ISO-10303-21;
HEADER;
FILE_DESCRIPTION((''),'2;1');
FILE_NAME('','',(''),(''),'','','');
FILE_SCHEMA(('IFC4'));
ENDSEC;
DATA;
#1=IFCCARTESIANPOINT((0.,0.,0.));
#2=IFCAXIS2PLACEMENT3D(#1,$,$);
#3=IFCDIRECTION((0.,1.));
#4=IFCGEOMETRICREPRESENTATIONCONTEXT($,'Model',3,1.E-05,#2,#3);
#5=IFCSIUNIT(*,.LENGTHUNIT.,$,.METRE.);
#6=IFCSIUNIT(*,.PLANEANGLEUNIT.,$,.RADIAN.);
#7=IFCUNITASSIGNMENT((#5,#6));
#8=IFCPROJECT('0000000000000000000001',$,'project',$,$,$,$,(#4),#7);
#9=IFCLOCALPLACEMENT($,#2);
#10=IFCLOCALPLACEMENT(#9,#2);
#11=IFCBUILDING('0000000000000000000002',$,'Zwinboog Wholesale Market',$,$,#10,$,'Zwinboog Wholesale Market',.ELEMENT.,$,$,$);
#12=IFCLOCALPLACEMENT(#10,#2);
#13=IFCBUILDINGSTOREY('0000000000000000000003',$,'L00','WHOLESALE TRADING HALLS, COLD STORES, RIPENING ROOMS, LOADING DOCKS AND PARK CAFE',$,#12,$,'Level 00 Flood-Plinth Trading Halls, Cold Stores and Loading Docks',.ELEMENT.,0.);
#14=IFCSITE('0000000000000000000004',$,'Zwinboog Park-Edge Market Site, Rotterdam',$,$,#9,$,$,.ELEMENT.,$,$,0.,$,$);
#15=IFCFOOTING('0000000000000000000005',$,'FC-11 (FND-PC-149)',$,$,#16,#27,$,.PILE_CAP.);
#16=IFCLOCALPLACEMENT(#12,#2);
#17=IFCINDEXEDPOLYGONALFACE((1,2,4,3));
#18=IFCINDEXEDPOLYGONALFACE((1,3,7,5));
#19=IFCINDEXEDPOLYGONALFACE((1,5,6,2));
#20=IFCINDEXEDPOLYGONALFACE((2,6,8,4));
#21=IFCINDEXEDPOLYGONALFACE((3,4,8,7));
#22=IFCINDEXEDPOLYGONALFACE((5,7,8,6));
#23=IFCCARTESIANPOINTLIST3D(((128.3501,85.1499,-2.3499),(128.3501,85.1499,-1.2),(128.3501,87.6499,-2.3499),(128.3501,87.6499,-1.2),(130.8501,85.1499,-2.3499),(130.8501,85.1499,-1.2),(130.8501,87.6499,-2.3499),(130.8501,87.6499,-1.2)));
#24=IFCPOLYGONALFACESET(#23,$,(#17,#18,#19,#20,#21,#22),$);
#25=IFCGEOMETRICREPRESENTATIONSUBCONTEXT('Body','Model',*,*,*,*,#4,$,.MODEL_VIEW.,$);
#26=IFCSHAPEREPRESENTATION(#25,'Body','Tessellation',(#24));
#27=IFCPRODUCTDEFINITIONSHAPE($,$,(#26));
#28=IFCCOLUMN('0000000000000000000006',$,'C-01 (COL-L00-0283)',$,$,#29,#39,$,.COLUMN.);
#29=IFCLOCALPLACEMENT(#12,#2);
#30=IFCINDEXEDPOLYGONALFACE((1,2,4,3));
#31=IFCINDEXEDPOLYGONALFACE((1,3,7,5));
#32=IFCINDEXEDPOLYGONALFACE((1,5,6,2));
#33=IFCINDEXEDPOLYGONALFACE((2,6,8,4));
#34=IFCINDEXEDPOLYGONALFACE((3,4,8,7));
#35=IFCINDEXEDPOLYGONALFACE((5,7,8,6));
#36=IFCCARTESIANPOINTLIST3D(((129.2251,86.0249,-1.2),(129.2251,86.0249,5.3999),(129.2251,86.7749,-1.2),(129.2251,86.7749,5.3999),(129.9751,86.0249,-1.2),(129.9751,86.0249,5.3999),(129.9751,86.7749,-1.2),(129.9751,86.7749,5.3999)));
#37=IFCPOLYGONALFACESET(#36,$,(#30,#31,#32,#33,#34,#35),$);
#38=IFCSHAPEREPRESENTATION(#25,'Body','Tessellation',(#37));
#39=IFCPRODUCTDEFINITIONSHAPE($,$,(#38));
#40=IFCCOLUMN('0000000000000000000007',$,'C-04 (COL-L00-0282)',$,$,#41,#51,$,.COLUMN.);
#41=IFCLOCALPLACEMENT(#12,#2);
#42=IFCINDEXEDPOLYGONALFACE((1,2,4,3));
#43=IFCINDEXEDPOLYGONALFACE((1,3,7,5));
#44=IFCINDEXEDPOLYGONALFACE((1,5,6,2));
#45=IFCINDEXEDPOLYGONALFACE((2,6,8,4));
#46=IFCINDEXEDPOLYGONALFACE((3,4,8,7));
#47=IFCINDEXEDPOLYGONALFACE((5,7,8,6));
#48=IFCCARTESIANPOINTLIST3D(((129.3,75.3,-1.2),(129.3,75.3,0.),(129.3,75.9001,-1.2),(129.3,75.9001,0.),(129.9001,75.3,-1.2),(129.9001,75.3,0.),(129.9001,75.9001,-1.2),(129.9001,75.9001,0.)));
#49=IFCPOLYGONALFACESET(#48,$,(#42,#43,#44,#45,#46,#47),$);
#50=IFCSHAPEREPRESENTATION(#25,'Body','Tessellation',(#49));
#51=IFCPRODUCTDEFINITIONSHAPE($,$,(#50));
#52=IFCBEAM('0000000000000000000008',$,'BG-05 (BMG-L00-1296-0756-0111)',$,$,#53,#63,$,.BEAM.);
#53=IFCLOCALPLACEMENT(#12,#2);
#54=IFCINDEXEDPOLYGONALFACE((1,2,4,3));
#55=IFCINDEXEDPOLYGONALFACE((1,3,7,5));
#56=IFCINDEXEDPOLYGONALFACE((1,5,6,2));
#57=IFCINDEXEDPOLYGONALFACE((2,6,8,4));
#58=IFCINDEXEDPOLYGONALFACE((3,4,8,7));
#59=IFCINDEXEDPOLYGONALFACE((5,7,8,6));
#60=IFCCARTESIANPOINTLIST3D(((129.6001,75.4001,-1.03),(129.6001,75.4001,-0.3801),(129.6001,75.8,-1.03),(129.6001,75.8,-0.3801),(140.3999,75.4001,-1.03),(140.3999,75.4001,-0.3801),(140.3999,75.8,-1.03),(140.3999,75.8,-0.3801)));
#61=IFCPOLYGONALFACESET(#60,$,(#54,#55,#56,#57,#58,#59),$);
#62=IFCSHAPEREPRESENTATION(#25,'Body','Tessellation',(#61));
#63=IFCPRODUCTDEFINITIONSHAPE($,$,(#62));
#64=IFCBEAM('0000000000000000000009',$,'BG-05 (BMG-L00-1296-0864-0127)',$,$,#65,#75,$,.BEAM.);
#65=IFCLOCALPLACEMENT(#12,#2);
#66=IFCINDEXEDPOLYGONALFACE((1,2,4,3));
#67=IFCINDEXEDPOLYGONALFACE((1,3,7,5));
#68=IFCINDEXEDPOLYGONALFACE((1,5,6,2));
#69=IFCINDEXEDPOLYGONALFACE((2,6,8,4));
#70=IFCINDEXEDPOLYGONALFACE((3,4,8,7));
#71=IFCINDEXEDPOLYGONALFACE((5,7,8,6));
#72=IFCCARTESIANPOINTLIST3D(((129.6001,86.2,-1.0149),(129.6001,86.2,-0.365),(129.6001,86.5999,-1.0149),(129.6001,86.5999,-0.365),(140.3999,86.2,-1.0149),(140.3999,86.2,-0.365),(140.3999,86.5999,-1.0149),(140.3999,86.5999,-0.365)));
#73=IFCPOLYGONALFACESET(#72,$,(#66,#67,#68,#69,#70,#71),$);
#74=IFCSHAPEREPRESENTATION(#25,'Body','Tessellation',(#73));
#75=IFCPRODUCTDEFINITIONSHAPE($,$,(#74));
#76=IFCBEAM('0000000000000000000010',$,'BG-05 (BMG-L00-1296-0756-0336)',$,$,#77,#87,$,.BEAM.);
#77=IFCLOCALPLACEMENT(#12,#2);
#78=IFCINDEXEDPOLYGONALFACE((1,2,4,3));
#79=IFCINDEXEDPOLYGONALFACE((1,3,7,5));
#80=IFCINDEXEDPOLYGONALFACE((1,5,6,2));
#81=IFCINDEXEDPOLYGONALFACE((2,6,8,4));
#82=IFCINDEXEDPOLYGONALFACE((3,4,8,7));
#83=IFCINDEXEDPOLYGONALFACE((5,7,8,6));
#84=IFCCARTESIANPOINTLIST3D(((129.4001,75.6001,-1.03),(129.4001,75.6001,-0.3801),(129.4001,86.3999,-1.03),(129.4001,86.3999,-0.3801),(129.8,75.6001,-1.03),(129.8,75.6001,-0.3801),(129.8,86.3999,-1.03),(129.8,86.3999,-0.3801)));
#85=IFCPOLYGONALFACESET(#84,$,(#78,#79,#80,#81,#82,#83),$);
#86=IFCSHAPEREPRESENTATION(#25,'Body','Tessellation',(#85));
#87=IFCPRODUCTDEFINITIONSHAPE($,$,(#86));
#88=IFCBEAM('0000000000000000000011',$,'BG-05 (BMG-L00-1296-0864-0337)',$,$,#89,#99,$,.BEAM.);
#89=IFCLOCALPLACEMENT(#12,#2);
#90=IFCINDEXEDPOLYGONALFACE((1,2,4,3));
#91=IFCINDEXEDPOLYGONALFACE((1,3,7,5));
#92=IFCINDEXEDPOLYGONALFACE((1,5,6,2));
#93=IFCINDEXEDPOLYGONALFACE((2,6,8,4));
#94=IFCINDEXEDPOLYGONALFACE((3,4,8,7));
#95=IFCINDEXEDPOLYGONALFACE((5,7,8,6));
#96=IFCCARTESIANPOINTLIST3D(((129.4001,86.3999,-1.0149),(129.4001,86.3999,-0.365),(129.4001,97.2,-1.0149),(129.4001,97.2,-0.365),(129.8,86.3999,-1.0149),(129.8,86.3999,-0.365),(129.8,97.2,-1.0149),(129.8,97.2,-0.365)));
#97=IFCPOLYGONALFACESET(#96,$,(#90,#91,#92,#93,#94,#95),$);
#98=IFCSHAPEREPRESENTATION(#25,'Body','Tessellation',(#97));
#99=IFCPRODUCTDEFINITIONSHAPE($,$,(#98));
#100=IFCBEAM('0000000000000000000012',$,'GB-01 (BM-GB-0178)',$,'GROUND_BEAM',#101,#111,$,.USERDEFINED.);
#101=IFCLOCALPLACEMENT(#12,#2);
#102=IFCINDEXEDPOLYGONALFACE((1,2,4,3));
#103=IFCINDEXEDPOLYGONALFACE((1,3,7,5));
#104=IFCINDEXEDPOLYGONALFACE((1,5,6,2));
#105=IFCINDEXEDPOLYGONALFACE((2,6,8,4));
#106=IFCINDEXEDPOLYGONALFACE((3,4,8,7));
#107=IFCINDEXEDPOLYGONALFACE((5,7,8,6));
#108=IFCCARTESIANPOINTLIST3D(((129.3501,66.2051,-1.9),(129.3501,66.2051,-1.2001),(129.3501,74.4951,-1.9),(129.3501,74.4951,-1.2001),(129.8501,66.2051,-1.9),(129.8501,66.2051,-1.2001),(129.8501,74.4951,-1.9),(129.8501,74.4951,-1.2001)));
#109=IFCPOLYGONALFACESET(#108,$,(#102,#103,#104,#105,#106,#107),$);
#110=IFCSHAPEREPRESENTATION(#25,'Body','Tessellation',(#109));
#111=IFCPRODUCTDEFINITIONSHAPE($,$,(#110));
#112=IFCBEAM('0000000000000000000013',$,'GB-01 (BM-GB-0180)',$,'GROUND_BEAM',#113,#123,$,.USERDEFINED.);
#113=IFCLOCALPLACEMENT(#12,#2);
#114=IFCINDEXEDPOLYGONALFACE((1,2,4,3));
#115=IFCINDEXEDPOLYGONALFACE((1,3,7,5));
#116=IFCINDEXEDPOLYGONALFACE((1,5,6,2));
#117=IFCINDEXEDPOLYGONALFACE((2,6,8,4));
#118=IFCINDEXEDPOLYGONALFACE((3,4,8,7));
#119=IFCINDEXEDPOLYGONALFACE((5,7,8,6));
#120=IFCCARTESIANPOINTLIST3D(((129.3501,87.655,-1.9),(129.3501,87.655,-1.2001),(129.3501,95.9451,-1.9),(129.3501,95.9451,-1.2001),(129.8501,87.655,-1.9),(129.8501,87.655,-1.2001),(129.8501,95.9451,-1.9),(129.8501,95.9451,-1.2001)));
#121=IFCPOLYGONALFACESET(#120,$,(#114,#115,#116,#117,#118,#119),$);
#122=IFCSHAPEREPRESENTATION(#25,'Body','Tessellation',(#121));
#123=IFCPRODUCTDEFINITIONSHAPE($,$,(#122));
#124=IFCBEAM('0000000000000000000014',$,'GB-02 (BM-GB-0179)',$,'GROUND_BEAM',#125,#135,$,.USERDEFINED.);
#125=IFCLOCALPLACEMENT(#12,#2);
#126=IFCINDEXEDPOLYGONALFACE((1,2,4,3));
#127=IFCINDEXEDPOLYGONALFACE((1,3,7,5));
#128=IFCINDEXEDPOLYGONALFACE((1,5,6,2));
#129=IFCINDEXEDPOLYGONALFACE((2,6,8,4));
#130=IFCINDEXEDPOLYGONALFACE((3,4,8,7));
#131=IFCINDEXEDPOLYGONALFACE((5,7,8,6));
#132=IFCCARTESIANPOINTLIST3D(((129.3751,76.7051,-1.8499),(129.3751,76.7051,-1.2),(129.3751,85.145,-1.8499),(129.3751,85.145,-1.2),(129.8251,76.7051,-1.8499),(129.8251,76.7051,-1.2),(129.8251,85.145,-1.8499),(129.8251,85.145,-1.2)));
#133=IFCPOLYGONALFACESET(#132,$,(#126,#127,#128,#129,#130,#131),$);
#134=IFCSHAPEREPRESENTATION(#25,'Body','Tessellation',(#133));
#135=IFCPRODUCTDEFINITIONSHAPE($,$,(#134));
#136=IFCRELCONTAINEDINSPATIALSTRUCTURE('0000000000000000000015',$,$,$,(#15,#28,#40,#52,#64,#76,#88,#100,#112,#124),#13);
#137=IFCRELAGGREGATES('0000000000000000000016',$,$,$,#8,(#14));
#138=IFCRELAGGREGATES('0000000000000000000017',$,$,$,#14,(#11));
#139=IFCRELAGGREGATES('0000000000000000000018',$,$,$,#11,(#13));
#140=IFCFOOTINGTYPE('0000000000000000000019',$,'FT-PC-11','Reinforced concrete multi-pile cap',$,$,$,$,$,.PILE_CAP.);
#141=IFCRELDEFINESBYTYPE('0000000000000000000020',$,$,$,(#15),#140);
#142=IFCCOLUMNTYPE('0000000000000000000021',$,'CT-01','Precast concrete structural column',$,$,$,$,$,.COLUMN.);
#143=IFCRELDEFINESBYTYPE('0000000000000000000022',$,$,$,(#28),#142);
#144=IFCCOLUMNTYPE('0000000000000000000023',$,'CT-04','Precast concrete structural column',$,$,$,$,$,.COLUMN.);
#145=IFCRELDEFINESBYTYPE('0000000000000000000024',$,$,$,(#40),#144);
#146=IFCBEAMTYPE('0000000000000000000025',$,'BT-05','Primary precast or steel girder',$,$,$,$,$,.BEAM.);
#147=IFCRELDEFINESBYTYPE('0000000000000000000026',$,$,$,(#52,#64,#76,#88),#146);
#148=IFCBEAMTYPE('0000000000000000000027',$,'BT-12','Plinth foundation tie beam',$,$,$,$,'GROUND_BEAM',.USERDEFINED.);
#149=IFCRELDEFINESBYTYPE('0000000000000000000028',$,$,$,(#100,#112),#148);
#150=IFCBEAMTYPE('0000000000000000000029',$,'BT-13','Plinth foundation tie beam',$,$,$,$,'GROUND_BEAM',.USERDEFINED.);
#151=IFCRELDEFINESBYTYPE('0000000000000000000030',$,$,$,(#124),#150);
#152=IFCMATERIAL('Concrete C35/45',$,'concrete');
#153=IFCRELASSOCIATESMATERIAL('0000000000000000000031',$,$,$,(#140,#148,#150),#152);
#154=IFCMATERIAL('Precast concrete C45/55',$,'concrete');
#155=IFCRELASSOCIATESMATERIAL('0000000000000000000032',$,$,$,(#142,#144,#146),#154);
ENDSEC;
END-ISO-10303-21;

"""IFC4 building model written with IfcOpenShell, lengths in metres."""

from ifc_helpers import new_model, si_unit, direction, frame, origin, origin_2d, place, context, subcontext, project, spatial, rectangle, extrude, material, material_profile, profile_set, type_object, element, save


model = new_model("IFC4")

# Units and contexts
model_context = context("Model", 3, precision=1e-05, world=origin(), true_north=direction((0.0, 1.0)))
body_context = subcontext(model_context, "Body", "Model", "MODEL_VIEW")
ifc_project = project(units=[si_unit("LENGTHUNIT", "METRE"), si_unit("PLANEANGLEUNIT", "RADIAN")], contexts=[model_context])

# Site, building, storey
site_placement = place(None, origin())
site = spatial("IfcSite", under=ifc_project, at=site_placement, Name="Zwinboog Park-Edge Market Site, Rotterdam", CompositionType="ELEMENT", RefElevation=0.0)
building_placement = place(site_placement, origin())
building = spatial("IfcBuilding", under=site, at=building_placement, Name="Zwinboog Wholesale Market", LongName="Zwinboog Wholesale Market", CompositionType="ELEMENT")
storey_placement = place(building_placement, origin())
storey = spatial("IfcBuildingStorey", under=building, at=storey_placement, Name="L00", Description="WHOLESALE TRADING HALLS, COLD STORES, RIPENING ROOMS, LOADING DOCKS AND PARK CAFE", LongName="Level 00 Flood-Plinth Trading Halls, Cold Stores and Loading Docks", CompositionType="ELEMENT", Elevation=0.0)

# Footing
ifc_material_1 = material(Name="Concrete C35/45", Category="concrete")
footing_type_1 = type_object("IfcFootingType", Name="FT-PC-11", Description="Reinforced concrete multi-pile cap", PredefinedType="PILE_CAP", material=ifc_material_1)
footing_1_placement = place(storey_placement, frame((129.6001, 86.3999, -2.3499), z_axis=(0.0, 0.0, 1.0), x_axis=(1.0, 0.0, 0.0)))
element("IfcFooting", 1, at=footing_1_placement, inside=storey, type_object=footing_type_1, Name="FC-11 (FND-PC-149)", PredefinedType="PILE_CAP", context=body_context, shape_type="SweptSolid", body=[
    extrude(rectangle(XDim=2.5, YDim=2.5, at=origin_2d()), origin(), (0.0, 0.0, 1.0), 1.1499),
])

# Columns
ifc_material_2 = material(Name="Precast concrete C45/55", Category="concrete")
ifc_material_profile_1 = material_profile(ifc_material_2, rectangle(XDim=0.75, YDim=0.75, at=origin_2d()), Name="PC 750x750")
ifc_profile_set_1 = profile_set([ifc_material_profile_1], Name="Precast concrete C45/55")
column_type_1 = type_object("IfcColumnType", Name="CT-01", Description="Precast concrete structural column", PredefinedType="COLUMN", material=ifc_profile_set_1)
column_1_placement = place(storey_placement, frame((129.6001, 86.3999, -1.2), z_axis=(0.0, 0.0, 1.0), x_axis=(1.0, 0.0, 0.0)))
element("IfcColumn", 2, at=column_1_placement, inside=storey, type_object=column_type_1, Name="C-01 (COL-L00-0283)", PredefinedType="COLUMN", context=body_context, shape_type="SweptSolid", body=[
    extrude(rectangle(XDim=0.75, YDim=0.75, at=origin_2d()), origin(), (0.0, 0.0, 1.0), 6.5999),
])
ifc_material_profile_2 = material_profile(ifc_material_2, rectangle(XDim=0.6001, YDim=0.6001, at=origin_2d()), Name="PC 600x600")
ifc_profile_set_2 = profile_set([ifc_material_profile_2], Name="Precast concrete C45/55")
column_type_2 = type_object("IfcColumnType", Name="CT-04", Description="Precast concrete structural column", PredefinedType="COLUMN", material=ifc_profile_set_2)
column_2_placement = place(storey_placement, frame((129.6001, 75.6001, -1.2), z_axis=(0.0, 0.0, 1.0), x_axis=(1.0, 0.0, 0.0)))
element("IfcColumn", 3, at=column_2_placement, inside=storey, type_object=column_type_2, Name="C-04 (COL-L00-0282)", PredefinedType="COLUMN", context=body_context, shape_type="SweptSolid", body=[
    extrude(rectangle(XDim=0.6001, YDim=0.6001, at=origin_2d()), origin(), (0.0, 0.0, 1.0), 1.2),
])

# Beams
ifc_material_profile_3 = material_profile(ifc_material_2, rectangle(XDim=0.3999, YDim=0.6499, at=origin_2d()), Name="PC 400x650")
ifc_profile_set_3 = profile_set([ifc_material_profile_3], Name="Precast concrete C45/55")
beam_type_1 = type_object("IfcBeamType", Name="BT-05", Description="Primary precast or steel girder", PredefinedType="BEAM", material=ifc_profile_set_3)
for number, where, z_axis, x_axis, name in (
    (4, (129.6001, 75.6001, -0.7051), (1.0, 0.0, 0.0), (0.0, 1.0, 0.0), "BG-05 (BMG-L00-1296-0756-0111)"),
    (5, (129.6001, 86.3999, -0.6899), (1.0, 0.0, 0.0), (0.0, 1.0, 0.0), "BG-05 (BMG-L00-1296-0864-0127)"),
    (6, (129.6001, 75.6001, -0.7051), (0.0, 1.0, 0.0), (-1.0, 0.0, 0.0), "BG-05 (BMG-L00-1296-0756-0336)"),
):
    element("IfcBeam", number, at=place(storey_placement, frame(where, z_axis=z_axis, x_axis=x_axis)), inside=storey, type_object=beam_type_1, Name=name, PredefinedType="BEAM", context=body_context, shape_type="SweptSolid", body=[
        extrude(rectangle(XDim=0.3999, YDim=0.6499, at=origin_2d()), origin(), (0.0, 0.0, 1.0), 10.7998),
    ])
beam_1_placement = place(storey_placement, frame((129.6001, 86.3999, -0.6899), z_axis=(0.0, 1.0, 0.0), x_axis=(-1.0, 0.0, 0.0)))
element("IfcBeam", 7, at=beam_1_placement, inside=storey, type_object=beam_type_1, Name="BG-05 (BMG-L00-1296-0864-0337)", PredefinedType="BEAM", context=body_context, shape_type="SweptSolid", body=[
    extrude(rectangle(XDim=0.3999, YDim=0.6499, at=origin_2d()), origin(), (0.0, 0.0, 1.0), 10.8),
])
ifc_material_profile_4 = material_profile(ifc_material_1, rectangle(XDim=0.5, YDim=0.7, at=origin_2d()), Name="RC 500x700")
ifc_profile_set_4 = profile_set([ifc_material_profile_4], Name="Concrete C35/45")
beam_type_2 = type_object("IfcBeamType", Name="BT-12", Description="Plinth foundation tie beam", ElementType="GROUND_BEAM", PredefinedType="USERDEFINED", material=ifc_profile_set_4)
for number, where, z_axis, x_axis, name in (
    (8, (129.6001, 66.2051, -1.55), (0.0, 1.0, 0.0), (-1.0, 0.0, 0.0), "GB-01 (BM-GB-0178)"),
    (9, (129.6001, 87.655, -1.55), (0.0, 1.0, 0.0), (-1.0, 0.0, 0.0), "GB-01 (BM-GB-0180)"),
):
    element("IfcBeam", number, at=place(storey_placement, frame(where, z_axis=z_axis, x_axis=x_axis)), inside=storey, type_object=beam_type_2, Name=name, ObjectType="GROUND_BEAM", PredefinedType="USERDEFINED", context=body_context, shape_type="SweptSolid", body=[
        extrude(rectangle(XDim=0.5, YDim=0.7, at=origin_2d()), origin(), (0.0, 0.0, 1.0), 8.29),
    ])
ifc_material_profile_5 = material_profile(ifc_material_1, rectangle(XDim=0.45, YDim=0.6499, at=origin_2d()), Name="RC 450x650")
ifc_profile_set_5 = profile_set([ifc_material_profile_5], Name="Concrete C35/45")
beam_type_3 = type_object("IfcBeamType", Name="BT-13", Description="Plinth foundation tie beam", ElementType="GROUND_BEAM", PredefinedType="USERDEFINED", material=ifc_profile_set_5)
beam_2_placement = place(storey_placement, frame((129.6001, 76.7051, -1.5249), z_axis=(0.0, 1.0, 0.0), x_axis=(-1.0, 0.0, 0.0)))
element("IfcBeam", 10, at=beam_2_placement, inside=storey, type_object=beam_type_3, Name="GB-02 (BM-GB-0179)", ObjectType="GROUND_BEAM", PredefinedType="USERDEFINED", context=body_context, shape_type="SweptSolid", body=[
    extrude(rectangle(XDim=0.45, YDim=0.6499, at=origin_2d()), origin(), (0.0, 0.0, 1.0), 8.4399),
])

save(model, "model.ifc")
